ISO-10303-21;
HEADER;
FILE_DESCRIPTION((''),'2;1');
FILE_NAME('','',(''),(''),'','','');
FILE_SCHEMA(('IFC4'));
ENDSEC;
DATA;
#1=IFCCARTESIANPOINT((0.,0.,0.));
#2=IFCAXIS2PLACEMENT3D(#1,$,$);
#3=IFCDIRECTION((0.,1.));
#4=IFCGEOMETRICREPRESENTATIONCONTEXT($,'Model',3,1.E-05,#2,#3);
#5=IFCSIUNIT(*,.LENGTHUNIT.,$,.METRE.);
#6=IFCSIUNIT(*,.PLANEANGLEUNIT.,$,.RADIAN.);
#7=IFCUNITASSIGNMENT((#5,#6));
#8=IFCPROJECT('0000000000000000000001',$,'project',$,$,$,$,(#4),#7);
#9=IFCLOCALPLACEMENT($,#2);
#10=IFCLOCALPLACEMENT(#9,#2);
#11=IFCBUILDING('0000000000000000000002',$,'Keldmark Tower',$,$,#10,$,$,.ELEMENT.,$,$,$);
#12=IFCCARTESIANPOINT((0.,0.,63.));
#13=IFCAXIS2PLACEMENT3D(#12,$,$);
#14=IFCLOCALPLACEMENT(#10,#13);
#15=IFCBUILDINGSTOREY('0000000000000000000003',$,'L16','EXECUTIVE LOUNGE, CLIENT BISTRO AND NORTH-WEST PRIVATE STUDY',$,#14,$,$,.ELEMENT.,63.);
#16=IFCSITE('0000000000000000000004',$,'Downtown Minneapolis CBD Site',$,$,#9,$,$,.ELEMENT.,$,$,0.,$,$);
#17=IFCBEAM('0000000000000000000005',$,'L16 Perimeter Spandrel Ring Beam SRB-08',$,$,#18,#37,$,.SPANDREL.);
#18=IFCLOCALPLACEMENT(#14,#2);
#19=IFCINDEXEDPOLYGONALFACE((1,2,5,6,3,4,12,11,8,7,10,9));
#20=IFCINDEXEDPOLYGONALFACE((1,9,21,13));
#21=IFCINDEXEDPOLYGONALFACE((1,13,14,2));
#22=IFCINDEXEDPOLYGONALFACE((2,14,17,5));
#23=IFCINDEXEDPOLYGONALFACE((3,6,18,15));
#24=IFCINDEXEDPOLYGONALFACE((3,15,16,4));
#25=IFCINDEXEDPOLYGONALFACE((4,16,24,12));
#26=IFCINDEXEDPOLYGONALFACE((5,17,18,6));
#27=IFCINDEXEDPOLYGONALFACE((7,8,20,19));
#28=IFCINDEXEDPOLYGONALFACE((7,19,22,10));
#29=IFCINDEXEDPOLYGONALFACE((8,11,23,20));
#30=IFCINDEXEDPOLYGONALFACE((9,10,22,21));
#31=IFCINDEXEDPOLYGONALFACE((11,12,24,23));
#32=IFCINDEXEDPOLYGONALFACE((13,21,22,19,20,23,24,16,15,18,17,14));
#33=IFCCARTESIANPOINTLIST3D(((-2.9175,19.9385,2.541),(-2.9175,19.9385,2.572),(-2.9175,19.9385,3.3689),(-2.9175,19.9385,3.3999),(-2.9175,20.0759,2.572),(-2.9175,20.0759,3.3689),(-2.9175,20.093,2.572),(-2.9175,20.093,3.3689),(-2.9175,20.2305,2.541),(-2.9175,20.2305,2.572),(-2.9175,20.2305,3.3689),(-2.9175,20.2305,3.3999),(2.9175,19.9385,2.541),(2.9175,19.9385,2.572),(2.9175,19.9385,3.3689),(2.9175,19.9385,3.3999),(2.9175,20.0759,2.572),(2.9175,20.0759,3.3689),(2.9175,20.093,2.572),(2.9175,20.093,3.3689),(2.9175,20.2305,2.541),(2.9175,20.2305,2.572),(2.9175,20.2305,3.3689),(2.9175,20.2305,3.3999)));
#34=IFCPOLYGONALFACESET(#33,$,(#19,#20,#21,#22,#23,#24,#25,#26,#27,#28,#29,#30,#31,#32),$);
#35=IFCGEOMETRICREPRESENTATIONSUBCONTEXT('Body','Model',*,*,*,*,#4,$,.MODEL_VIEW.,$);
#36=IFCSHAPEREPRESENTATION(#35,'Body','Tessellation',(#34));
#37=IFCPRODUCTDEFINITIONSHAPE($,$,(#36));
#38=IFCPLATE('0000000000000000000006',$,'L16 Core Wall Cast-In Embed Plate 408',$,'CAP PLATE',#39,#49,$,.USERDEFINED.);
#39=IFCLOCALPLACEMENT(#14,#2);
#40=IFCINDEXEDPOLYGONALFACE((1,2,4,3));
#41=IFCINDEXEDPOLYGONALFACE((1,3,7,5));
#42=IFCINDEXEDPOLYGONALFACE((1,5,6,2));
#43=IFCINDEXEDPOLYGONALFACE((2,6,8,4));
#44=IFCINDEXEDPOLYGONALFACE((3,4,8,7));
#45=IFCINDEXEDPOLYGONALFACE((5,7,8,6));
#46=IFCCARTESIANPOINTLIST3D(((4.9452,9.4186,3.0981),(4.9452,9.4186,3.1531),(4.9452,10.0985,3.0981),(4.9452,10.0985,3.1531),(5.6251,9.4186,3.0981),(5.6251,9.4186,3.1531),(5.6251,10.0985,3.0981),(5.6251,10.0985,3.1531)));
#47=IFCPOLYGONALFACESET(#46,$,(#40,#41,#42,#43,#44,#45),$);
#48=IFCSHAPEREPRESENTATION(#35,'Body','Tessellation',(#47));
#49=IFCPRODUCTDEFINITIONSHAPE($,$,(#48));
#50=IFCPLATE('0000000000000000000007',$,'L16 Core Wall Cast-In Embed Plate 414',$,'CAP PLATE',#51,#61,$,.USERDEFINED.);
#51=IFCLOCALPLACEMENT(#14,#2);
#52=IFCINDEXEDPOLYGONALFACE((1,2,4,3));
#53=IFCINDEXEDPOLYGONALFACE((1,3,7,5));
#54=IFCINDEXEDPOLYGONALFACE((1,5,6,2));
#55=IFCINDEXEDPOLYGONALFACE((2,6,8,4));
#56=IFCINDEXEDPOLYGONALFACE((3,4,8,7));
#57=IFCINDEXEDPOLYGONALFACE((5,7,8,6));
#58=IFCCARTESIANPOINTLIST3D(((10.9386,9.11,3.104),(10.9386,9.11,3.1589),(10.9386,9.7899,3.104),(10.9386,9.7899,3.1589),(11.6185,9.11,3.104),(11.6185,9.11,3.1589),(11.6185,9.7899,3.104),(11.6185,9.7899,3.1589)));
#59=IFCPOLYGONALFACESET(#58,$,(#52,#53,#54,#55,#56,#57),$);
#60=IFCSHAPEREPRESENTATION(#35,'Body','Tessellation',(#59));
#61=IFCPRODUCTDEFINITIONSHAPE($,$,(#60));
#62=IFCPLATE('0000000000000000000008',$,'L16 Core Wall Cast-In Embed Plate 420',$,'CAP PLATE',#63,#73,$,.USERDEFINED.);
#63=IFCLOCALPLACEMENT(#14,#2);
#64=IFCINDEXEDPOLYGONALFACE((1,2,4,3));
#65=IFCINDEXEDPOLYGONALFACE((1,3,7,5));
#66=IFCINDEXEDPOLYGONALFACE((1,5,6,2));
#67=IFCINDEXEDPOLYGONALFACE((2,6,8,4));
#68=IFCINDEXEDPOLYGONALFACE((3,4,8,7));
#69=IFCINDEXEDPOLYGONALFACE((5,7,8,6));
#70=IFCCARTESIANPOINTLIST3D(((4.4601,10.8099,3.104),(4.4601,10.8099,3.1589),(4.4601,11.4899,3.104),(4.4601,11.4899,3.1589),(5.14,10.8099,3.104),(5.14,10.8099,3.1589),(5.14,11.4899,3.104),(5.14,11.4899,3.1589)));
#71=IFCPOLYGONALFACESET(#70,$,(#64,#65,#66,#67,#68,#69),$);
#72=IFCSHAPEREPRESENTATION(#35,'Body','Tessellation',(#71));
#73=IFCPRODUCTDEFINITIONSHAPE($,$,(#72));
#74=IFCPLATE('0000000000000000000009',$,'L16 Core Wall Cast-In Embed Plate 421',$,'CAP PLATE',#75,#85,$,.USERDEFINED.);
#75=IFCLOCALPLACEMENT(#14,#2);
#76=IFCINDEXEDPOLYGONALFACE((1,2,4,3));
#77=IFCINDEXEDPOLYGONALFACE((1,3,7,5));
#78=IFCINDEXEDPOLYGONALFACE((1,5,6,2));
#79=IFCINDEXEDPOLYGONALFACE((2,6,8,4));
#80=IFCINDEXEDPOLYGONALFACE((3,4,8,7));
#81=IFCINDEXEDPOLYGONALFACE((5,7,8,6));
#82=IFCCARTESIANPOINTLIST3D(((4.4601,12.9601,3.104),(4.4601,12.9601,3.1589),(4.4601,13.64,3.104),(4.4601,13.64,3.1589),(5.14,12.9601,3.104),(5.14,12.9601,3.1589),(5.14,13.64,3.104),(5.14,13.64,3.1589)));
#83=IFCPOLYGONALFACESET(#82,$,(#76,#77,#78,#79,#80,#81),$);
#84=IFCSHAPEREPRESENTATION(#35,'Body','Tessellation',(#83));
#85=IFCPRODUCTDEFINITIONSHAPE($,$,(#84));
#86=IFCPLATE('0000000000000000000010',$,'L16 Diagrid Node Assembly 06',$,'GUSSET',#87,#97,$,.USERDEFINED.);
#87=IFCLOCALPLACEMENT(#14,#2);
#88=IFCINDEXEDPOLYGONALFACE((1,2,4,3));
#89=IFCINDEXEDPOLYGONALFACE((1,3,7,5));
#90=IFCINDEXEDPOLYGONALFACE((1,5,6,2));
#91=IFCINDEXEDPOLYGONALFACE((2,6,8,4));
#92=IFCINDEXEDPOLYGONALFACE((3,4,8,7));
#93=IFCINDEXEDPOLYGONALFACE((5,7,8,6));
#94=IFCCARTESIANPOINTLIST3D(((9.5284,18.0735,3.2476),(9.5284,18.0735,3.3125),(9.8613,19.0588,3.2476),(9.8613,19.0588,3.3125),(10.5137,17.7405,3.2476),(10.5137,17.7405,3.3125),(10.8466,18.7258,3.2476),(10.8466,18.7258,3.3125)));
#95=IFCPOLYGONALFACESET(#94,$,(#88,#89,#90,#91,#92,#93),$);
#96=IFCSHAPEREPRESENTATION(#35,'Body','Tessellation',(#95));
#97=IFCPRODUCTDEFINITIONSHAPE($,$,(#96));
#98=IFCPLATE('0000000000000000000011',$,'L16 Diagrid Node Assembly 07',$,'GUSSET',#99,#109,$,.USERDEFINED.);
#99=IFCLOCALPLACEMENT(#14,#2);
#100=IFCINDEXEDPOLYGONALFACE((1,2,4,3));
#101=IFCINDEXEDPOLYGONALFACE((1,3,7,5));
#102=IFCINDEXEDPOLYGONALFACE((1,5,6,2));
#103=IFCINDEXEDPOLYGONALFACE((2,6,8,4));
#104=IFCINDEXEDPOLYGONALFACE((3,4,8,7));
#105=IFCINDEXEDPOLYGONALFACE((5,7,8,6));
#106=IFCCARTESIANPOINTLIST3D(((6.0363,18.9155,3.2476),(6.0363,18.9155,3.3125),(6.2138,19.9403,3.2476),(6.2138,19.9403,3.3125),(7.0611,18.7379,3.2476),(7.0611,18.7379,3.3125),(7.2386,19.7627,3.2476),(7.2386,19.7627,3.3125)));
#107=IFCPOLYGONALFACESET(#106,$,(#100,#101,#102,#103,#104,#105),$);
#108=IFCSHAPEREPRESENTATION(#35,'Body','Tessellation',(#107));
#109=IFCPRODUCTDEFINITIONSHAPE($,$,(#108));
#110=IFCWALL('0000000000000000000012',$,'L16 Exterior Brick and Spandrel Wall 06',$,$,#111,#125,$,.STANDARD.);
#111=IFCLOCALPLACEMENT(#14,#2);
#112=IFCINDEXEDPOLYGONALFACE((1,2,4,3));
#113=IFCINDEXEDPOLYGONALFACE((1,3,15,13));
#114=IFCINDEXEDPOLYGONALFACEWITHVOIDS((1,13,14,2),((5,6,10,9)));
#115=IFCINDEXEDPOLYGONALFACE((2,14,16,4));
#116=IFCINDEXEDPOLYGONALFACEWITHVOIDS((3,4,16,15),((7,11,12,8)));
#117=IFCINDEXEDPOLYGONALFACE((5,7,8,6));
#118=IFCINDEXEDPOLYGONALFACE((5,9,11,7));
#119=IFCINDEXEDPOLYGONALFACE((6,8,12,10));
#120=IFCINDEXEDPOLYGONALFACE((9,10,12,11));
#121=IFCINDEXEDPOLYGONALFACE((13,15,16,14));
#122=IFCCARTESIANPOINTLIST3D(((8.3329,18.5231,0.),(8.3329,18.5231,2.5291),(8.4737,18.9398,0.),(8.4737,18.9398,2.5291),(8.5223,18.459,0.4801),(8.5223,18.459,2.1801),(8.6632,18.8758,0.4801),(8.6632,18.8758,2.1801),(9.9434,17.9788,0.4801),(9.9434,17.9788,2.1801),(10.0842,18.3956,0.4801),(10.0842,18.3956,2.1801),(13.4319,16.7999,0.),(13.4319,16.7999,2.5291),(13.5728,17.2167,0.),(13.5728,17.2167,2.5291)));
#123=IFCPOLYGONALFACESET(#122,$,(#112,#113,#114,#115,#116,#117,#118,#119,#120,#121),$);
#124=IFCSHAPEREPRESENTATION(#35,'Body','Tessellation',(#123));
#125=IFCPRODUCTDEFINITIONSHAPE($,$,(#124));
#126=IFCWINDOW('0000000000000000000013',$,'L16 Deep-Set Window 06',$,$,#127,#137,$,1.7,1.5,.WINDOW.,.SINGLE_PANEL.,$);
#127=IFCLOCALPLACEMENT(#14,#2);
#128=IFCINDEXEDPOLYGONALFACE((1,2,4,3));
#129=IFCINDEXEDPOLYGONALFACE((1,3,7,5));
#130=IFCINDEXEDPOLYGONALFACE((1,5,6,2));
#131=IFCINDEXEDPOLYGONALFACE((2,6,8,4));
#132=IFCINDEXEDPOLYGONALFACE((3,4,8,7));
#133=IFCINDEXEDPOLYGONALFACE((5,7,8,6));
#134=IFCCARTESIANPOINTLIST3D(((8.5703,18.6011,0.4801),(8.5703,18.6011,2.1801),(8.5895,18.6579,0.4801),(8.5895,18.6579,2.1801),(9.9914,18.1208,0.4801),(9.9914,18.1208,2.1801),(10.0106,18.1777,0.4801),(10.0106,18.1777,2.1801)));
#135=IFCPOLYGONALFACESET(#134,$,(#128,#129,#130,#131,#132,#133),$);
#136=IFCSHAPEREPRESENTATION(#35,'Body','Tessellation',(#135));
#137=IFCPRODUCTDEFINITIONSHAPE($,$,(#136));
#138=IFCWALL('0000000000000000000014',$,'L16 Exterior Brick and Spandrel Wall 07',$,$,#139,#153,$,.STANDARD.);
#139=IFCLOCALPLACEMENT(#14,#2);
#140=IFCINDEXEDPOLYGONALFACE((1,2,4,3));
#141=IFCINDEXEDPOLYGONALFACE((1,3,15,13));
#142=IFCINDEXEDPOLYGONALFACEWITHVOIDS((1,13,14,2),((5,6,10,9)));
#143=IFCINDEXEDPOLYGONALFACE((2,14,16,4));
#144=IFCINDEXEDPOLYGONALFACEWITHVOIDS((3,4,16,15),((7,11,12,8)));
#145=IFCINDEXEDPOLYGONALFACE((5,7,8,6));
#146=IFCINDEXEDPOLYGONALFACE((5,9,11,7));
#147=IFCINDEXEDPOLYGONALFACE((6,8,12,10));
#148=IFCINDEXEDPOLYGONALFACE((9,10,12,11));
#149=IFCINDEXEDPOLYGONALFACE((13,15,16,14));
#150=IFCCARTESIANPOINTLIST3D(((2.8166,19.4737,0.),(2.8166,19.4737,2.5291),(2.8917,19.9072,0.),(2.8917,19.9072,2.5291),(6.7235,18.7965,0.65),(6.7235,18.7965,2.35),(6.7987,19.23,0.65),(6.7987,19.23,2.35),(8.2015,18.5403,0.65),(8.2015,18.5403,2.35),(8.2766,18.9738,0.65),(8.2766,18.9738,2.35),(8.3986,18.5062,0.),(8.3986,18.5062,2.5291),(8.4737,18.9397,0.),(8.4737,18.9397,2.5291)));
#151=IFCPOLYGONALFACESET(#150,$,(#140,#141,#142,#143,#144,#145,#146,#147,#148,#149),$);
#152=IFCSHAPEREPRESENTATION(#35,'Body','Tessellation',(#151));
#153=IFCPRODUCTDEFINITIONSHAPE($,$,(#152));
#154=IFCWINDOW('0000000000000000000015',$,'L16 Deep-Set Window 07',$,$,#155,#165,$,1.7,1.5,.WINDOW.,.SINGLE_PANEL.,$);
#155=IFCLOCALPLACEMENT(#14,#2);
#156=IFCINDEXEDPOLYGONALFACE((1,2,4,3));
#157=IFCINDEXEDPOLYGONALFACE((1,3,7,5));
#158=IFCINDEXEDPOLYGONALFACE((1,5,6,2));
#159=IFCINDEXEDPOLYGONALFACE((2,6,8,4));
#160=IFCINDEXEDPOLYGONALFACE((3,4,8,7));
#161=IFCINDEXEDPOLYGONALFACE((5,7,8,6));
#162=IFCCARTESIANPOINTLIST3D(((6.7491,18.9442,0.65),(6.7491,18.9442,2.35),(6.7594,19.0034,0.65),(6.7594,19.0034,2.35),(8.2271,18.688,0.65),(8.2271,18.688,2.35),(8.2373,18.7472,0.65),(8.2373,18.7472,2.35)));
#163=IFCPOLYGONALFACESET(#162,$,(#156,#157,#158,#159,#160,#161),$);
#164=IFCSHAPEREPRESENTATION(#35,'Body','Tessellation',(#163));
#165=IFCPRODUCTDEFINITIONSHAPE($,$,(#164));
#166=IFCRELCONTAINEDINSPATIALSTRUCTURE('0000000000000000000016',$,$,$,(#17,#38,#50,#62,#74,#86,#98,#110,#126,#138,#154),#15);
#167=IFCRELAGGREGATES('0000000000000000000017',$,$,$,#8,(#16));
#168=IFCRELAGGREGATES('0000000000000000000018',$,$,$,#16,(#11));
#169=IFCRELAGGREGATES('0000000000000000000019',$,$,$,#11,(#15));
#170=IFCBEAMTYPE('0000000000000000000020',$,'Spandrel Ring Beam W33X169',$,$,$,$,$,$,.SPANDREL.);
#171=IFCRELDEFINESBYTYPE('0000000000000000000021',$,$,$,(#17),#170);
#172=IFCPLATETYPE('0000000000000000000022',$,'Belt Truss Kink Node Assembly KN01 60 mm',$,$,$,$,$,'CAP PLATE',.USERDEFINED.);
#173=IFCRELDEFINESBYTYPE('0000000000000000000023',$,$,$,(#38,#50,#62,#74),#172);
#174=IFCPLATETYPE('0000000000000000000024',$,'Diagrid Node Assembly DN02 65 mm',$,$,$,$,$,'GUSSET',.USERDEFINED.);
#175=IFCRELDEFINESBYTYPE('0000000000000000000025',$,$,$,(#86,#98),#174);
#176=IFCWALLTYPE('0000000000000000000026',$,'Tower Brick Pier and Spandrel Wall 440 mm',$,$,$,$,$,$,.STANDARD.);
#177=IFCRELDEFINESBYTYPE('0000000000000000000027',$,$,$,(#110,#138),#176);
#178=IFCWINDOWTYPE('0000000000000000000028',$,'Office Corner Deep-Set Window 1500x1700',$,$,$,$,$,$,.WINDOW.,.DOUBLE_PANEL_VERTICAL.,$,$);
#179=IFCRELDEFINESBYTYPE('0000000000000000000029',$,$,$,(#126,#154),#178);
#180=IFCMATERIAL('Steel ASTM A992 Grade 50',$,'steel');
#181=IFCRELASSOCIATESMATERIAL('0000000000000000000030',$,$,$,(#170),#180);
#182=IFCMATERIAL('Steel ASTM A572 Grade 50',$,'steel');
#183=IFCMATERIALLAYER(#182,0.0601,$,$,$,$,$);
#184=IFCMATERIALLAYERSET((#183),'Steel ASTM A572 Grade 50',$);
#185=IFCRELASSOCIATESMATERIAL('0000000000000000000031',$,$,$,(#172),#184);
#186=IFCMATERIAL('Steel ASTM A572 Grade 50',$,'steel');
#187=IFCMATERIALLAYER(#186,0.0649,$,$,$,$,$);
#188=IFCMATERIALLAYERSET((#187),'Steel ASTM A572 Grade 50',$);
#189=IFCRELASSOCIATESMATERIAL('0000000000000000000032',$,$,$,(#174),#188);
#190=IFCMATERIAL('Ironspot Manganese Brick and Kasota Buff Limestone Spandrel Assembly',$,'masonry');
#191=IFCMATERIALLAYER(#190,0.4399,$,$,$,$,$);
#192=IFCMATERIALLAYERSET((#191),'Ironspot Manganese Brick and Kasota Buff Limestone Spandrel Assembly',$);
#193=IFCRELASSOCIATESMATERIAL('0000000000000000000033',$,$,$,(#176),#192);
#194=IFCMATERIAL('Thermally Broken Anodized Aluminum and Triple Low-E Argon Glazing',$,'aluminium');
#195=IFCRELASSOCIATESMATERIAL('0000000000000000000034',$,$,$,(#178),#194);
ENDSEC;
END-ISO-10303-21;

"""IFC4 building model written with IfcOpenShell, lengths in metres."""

from ifc_helpers import new_model, si_unit, direction, frame, frame_2d, origin, origin_2d, place, context, subcontext, project, spatial, rectangle, i_section, extrude, material, layer, layer_set, material_profile, profile_set, type_object, element, fill, save


model = new_model("IFC4")

# Units and contexts
model_context = context("Model", 3, precision=1e-05, world=origin(), true_north=direction((0.0, 1.0)))
body_context = subcontext(model_context, "Body", "Model", "MODEL_VIEW")
ifc_project = project(units=[si_unit("LENGTHUNIT", "METRE"), si_unit("PLANEANGLEUNIT", "RADIAN")], contexts=[model_context])

# Site, building, storey
site_placement = place(None, origin())
site = spatial("IfcSite", under=ifc_project, at=site_placement, Name="Downtown Minneapolis CBD Site", CompositionType="ELEMENT", RefElevation=0.0)
building_placement = place(site_placement, origin())
building = spatial("IfcBuilding", under=site, at=building_placement, Name="Keldmark Tower", CompositionType="ELEMENT")
storey_placement = place(building_placement, frame((0.0, 0.0, 63.0)))
storey = spatial("IfcBuildingStorey", under=building, at=storey_placement, Name="L16", Description="EXECUTIVE LOUNGE, CLIENT BISTRO AND NORTH-WEST PRIVATE STUDY", CompositionType="ELEMENT", Elevation=63.0)

# Beam
ifc_material_1 = material(Name="Steel ASTM A992 Grade 50", Category="steel")
ifc_material_profile_1 = material_profile(ifc_material_1, i_section(OverallWidth=0.292, OverallDepth=0.8589, WebThickness=0.0171, FlangeThickness=0.031, at=origin_2d()), Name="W33X169")
ifc_profile_set_1 = profile_set([ifc_material_profile_1], Name="Steel ASTM A992 Grade 50")
beam_type_1 = type_object("IfcBeamType", Name="Spandrel Ring Beam W33X169", PredefinedType="SPANDREL", material=ifc_profile_set_1)
beam_1_placement = place(storey_placement, frame((2.9175, 20.0845, 2.9705), z_axis=(-1.0, 0.0, 0.0), x_axis=(0.0, -1.0, 0.0)))
element("IfcBeam", 1, at=beam_1_placement, inside=storey, type_object=beam_type_1, Name="L16 Perimeter Spandrel Ring Beam SRB-08", PredefinedType="SPANDREL", context=body_context, shape_type="SweptSolid", body=[
    extrude(i_section(OverallWidth=0.292, OverallDepth=0.8589, WebThickness=0.0171, FlangeThickness=0.031, at=origin_2d()), origin(), (0.0, 0.0, 1.0), 5.835),
])

# Plates
ifc_material_2 = material(Name="Steel ASTM A572 Grade 50", Category="steel")
ifc_layer_1 = layer(ifc_material_2, 0.0601)
ifc_layer_set_1 = layer_set([ifc_layer_1], Name="Steel ASTM A572 Grade 50")
plate_type_1 = type_object("IfcPlateType", Name="Belt Truss Kink Node Assembly KN01 60 mm", ElementType="CAP PLATE", PredefinedType="USERDEFINED", material=ifc_layer_set_1)
for number, where, z_axis, x_axis, name in (
    (2, (5.2852, 9.7585, 3.0981), (0.0, 0.0, 1.0), (1.0, 0.0, 0.0), "L16 Core Wall Cast-In Embed Plate 408"),
    (3, (11.2786, 9.45, 3.104), (0.0, 0.0, 1.0), (1.0, 0.0, 0.0), "L16 Core Wall Cast-In Embed Plate 414"),
    (4, (4.8, 11.1499, 3.104), (0.0, 0.0, 1.0), (1.0, 0.0, 0.0), "L16 Core Wall Cast-In Embed Plate 420"),
    (5, (4.8, 13.3, 3.104), (0.0, 0.0, 1.0), (1.0, 0.0, 0.0), "L16 Core Wall Cast-In Embed Plate 421"),
):
    element("IfcPlate", number, at=place(storey_placement, frame(where, z_axis=z_axis, x_axis=x_axis)), inside=storey, type_object=plate_type_1, Name=name, ObjectType="CAP PLATE", PredefinedType="USERDEFINED", context=body_context, shape_type="SweptSolid", body=[
        extrude(rectangle(XDim=0.6799, YDim=0.6799, at=origin_2d()), origin(), (0.0, 0.0, 1.0), 0.0549),
    ])
ifc_material_3 = material(Name="Steel ASTM A572 Grade 50", Category="steel")
ifc_layer_2 = layer(ifc_material_3, 0.0649)
ifc_layer_set_2 = layer_set([ifc_layer_2], Name="Steel ASTM A572 Grade 50")
plate_type_2 = type_object("IfcPlateType", Name="Diagrid Node Assembly DN02 65 mm", ElementType="GUSSET", PredefinedType="USERDEFINED", material=ifc_layer_set_2)
for number, where, z_axis, x_axis, name in (
    (6, (10.1875, 18.3997, 3.2476), (0.0, 0.0, 1.0), (-0.947378, 0.320117, 0.0), "L16 Diagrid Node Assembly 06"),
    (7, (6.6375, 19.3391, 3.2476), (0.0, 0.0, 1.0), (-0.985319, 0.170725, 0.0), "L16 Diagrid Node Assembly 07"),
):
    element("IfcPlate", number, at=place(storey_placement, frame(where, z_axis=z_axis, x_axis=x_axis)), inside=storey, type_object=plate_type_2, Name=name, ObjectType="GUSSET", PredefinedType="USERDEFINED", context=body_context, shape_type="SweptSolid", body=[
        extrude(rectangle(XDim=1.04, YDim=1.04, at=origin_2d()), origin(), (0.0, 0.0, 1.0), 0.0649),
    ])

# Walls, openings, windows
ifc_material_4 = material(Name="Ironspot Manganese Brick and Kasota Buff Limestone Spandrel Assembly", Category="masonry")
ifc_layer_3 = layer(ifc_material_4, 0.4399)
ifc_layer_set_3 = layer_set([ifc_layer_3], Name="Ironspot Manganese Brick and Kasota Buff Limestone Spandrel Assembly")
wall_type = type_object("IfcWallType", Name="Tower Brick Pier and Spandrel Wall 440 mm", PredefinedType="STANDARD", material=ifc_layer_set_3)
wall_1_placement = place(storey_placement, frame((8.4033, 18.7314, 0.0), z_axis=(0.0, 0.0, 1.0), x_axis=(0.947369, -0.320144, 0.0)))
wall_1 = element("IfcWall", 8, at=wall_1_placement, inside=storey, type_object=wall_type, Name="L16 Exterior Brick and Spandrel Wall 06", PredefinedType="STANDARD", context=body_context, shape_type="SweptSolid", body=[
    extrude(rectangle(XDim=5.3823, YDim=0.4399, at=frame_2d((2.6912, 0.0))), origin(), (0.0, 0.0, 1.0), 2.5291),
])
opening_1_placement = place(wall_1_placement, frame((0.2, 0.0, 0.48)))
opening_1 = element("IfcOpeningElement", 9, at=opening_1_placement, cuts=wall_1, PredefinedType="OPENING", context=body_context, shape_type="SweptSolid", body=[
    extrude(rectangle(XDim=1.5, YDim=1.7, at=frame_2d((0.75, 0.8501))), frame((0.0, 0.23, 0.0), z_axis=(0.0, -1.0, 0.0), x_axis=(1.0, 0.0, 0.0)), (0.0, 0.0, 1.0), 0.46),
])
ifc_material_5 = material(Name="Thermally Broken Anodized Aluminum and Triple Low-E Argon Glazing", Category="aluminium")
window_type = type_object("IfcWindowType", Name="Office Corner Deep-Set Window 1500x1700", PartitioningType="DOUBLE_PANEL_VERTICAL", PredefinedType="WINDOW", material=ifc_material_5)
window_1_placement = place(opening_1_placement, origin())
window_1 = element("IfcWindow", 10, at=window_1_placement, inside=storey, type_object=window_type, Name="L16 Deep-Set Window 06", OverallHeight=1.7, OverallWidth=1.5, PartitioningType="SINGLE_PANEL", PredefinedType="WINDOW", context=body_context, shape_type="SweptSolid", body=[
    extrude(rectangle(XDim=1.5, YDim=1.7, at=frame_2d((0.75, 0.8501))), frame((0.0, -0.01, 0.0), z_axis=(0.0, -1.0, 0.0), x_axis=(1.0, 0.0, 0.0)), (0.0, 0.0, 1.0), 0.0601),
])
fill(opening_1, window_1)
wall_2_placement = place(storey_placement, frame((2.8542, 19.6904, 0.0), z_axis=(0.0, 0.0, 1.0), x_axis=(0.985309, -0.170783, 0.0)))
wall_2 = element("IfcWall", 11, at=wall_2_placement, inside=storey, type_object=wall_type, Name="L16 Exterior Brick and Spandrel Wall 07", PredefinedType="STANDARD", context=body_context, shape_type="SweptSolid", body=[
    extrude(rectangle(XDim=5.6653, YDim=0.4399, at=frame_2d((2.8325, 0.0))), origin(), (0.0, 0.0, 1.0), 2.5291),
])
opening_2_placement = place(wall_2_placement, frame((3.9651, 0.0, 0.6499)))
opening_2 = element("IfcOpeningElement", 12, at=opening_2_placement, cuts=wall_2, PredefinedType="OPENING", context=body_context, shape_type="SweptSolid", body=[
    extrude(rectangle(XDim=1.5, YDim=1.7, at=frame_2d((0.75, 0.8501))), frame((0.0, 0.23, 0.0), z_axis=(0.0, -1.0, 0.0), x_axis=(1.0, 0.0, 0.0)), (0.0, 0.0, 1.0), 0.46),
])
window_2_placement = place(opening_2_placement, origin())
window_2 = element("IfcWindow", 13, at=window_2_placement, inside=storey, type_object=window_type, Name="L16 Deep-Set Window 07", OverallHeight=1.7, OverallWidth=1.5, PartitioningType="SINGLE_PANEL", PredefinedType="WINDOW", context=body_context, shape_type="SweptSolid", body=[
    extrude(rectangle(XDim=1.5, YDim=1.7, at=frame_2d((0.75, 0.8501))), frame((0.0, -0.01, 0.0), z_axis=(0.0, -1.0, 0.0), x_axis=(1.0, 0.0, 0.0)), (0.0, 0.0, 1.0), 0.0601),
])
fill(opening_2, window_2)

save(model, "model.ifc")
